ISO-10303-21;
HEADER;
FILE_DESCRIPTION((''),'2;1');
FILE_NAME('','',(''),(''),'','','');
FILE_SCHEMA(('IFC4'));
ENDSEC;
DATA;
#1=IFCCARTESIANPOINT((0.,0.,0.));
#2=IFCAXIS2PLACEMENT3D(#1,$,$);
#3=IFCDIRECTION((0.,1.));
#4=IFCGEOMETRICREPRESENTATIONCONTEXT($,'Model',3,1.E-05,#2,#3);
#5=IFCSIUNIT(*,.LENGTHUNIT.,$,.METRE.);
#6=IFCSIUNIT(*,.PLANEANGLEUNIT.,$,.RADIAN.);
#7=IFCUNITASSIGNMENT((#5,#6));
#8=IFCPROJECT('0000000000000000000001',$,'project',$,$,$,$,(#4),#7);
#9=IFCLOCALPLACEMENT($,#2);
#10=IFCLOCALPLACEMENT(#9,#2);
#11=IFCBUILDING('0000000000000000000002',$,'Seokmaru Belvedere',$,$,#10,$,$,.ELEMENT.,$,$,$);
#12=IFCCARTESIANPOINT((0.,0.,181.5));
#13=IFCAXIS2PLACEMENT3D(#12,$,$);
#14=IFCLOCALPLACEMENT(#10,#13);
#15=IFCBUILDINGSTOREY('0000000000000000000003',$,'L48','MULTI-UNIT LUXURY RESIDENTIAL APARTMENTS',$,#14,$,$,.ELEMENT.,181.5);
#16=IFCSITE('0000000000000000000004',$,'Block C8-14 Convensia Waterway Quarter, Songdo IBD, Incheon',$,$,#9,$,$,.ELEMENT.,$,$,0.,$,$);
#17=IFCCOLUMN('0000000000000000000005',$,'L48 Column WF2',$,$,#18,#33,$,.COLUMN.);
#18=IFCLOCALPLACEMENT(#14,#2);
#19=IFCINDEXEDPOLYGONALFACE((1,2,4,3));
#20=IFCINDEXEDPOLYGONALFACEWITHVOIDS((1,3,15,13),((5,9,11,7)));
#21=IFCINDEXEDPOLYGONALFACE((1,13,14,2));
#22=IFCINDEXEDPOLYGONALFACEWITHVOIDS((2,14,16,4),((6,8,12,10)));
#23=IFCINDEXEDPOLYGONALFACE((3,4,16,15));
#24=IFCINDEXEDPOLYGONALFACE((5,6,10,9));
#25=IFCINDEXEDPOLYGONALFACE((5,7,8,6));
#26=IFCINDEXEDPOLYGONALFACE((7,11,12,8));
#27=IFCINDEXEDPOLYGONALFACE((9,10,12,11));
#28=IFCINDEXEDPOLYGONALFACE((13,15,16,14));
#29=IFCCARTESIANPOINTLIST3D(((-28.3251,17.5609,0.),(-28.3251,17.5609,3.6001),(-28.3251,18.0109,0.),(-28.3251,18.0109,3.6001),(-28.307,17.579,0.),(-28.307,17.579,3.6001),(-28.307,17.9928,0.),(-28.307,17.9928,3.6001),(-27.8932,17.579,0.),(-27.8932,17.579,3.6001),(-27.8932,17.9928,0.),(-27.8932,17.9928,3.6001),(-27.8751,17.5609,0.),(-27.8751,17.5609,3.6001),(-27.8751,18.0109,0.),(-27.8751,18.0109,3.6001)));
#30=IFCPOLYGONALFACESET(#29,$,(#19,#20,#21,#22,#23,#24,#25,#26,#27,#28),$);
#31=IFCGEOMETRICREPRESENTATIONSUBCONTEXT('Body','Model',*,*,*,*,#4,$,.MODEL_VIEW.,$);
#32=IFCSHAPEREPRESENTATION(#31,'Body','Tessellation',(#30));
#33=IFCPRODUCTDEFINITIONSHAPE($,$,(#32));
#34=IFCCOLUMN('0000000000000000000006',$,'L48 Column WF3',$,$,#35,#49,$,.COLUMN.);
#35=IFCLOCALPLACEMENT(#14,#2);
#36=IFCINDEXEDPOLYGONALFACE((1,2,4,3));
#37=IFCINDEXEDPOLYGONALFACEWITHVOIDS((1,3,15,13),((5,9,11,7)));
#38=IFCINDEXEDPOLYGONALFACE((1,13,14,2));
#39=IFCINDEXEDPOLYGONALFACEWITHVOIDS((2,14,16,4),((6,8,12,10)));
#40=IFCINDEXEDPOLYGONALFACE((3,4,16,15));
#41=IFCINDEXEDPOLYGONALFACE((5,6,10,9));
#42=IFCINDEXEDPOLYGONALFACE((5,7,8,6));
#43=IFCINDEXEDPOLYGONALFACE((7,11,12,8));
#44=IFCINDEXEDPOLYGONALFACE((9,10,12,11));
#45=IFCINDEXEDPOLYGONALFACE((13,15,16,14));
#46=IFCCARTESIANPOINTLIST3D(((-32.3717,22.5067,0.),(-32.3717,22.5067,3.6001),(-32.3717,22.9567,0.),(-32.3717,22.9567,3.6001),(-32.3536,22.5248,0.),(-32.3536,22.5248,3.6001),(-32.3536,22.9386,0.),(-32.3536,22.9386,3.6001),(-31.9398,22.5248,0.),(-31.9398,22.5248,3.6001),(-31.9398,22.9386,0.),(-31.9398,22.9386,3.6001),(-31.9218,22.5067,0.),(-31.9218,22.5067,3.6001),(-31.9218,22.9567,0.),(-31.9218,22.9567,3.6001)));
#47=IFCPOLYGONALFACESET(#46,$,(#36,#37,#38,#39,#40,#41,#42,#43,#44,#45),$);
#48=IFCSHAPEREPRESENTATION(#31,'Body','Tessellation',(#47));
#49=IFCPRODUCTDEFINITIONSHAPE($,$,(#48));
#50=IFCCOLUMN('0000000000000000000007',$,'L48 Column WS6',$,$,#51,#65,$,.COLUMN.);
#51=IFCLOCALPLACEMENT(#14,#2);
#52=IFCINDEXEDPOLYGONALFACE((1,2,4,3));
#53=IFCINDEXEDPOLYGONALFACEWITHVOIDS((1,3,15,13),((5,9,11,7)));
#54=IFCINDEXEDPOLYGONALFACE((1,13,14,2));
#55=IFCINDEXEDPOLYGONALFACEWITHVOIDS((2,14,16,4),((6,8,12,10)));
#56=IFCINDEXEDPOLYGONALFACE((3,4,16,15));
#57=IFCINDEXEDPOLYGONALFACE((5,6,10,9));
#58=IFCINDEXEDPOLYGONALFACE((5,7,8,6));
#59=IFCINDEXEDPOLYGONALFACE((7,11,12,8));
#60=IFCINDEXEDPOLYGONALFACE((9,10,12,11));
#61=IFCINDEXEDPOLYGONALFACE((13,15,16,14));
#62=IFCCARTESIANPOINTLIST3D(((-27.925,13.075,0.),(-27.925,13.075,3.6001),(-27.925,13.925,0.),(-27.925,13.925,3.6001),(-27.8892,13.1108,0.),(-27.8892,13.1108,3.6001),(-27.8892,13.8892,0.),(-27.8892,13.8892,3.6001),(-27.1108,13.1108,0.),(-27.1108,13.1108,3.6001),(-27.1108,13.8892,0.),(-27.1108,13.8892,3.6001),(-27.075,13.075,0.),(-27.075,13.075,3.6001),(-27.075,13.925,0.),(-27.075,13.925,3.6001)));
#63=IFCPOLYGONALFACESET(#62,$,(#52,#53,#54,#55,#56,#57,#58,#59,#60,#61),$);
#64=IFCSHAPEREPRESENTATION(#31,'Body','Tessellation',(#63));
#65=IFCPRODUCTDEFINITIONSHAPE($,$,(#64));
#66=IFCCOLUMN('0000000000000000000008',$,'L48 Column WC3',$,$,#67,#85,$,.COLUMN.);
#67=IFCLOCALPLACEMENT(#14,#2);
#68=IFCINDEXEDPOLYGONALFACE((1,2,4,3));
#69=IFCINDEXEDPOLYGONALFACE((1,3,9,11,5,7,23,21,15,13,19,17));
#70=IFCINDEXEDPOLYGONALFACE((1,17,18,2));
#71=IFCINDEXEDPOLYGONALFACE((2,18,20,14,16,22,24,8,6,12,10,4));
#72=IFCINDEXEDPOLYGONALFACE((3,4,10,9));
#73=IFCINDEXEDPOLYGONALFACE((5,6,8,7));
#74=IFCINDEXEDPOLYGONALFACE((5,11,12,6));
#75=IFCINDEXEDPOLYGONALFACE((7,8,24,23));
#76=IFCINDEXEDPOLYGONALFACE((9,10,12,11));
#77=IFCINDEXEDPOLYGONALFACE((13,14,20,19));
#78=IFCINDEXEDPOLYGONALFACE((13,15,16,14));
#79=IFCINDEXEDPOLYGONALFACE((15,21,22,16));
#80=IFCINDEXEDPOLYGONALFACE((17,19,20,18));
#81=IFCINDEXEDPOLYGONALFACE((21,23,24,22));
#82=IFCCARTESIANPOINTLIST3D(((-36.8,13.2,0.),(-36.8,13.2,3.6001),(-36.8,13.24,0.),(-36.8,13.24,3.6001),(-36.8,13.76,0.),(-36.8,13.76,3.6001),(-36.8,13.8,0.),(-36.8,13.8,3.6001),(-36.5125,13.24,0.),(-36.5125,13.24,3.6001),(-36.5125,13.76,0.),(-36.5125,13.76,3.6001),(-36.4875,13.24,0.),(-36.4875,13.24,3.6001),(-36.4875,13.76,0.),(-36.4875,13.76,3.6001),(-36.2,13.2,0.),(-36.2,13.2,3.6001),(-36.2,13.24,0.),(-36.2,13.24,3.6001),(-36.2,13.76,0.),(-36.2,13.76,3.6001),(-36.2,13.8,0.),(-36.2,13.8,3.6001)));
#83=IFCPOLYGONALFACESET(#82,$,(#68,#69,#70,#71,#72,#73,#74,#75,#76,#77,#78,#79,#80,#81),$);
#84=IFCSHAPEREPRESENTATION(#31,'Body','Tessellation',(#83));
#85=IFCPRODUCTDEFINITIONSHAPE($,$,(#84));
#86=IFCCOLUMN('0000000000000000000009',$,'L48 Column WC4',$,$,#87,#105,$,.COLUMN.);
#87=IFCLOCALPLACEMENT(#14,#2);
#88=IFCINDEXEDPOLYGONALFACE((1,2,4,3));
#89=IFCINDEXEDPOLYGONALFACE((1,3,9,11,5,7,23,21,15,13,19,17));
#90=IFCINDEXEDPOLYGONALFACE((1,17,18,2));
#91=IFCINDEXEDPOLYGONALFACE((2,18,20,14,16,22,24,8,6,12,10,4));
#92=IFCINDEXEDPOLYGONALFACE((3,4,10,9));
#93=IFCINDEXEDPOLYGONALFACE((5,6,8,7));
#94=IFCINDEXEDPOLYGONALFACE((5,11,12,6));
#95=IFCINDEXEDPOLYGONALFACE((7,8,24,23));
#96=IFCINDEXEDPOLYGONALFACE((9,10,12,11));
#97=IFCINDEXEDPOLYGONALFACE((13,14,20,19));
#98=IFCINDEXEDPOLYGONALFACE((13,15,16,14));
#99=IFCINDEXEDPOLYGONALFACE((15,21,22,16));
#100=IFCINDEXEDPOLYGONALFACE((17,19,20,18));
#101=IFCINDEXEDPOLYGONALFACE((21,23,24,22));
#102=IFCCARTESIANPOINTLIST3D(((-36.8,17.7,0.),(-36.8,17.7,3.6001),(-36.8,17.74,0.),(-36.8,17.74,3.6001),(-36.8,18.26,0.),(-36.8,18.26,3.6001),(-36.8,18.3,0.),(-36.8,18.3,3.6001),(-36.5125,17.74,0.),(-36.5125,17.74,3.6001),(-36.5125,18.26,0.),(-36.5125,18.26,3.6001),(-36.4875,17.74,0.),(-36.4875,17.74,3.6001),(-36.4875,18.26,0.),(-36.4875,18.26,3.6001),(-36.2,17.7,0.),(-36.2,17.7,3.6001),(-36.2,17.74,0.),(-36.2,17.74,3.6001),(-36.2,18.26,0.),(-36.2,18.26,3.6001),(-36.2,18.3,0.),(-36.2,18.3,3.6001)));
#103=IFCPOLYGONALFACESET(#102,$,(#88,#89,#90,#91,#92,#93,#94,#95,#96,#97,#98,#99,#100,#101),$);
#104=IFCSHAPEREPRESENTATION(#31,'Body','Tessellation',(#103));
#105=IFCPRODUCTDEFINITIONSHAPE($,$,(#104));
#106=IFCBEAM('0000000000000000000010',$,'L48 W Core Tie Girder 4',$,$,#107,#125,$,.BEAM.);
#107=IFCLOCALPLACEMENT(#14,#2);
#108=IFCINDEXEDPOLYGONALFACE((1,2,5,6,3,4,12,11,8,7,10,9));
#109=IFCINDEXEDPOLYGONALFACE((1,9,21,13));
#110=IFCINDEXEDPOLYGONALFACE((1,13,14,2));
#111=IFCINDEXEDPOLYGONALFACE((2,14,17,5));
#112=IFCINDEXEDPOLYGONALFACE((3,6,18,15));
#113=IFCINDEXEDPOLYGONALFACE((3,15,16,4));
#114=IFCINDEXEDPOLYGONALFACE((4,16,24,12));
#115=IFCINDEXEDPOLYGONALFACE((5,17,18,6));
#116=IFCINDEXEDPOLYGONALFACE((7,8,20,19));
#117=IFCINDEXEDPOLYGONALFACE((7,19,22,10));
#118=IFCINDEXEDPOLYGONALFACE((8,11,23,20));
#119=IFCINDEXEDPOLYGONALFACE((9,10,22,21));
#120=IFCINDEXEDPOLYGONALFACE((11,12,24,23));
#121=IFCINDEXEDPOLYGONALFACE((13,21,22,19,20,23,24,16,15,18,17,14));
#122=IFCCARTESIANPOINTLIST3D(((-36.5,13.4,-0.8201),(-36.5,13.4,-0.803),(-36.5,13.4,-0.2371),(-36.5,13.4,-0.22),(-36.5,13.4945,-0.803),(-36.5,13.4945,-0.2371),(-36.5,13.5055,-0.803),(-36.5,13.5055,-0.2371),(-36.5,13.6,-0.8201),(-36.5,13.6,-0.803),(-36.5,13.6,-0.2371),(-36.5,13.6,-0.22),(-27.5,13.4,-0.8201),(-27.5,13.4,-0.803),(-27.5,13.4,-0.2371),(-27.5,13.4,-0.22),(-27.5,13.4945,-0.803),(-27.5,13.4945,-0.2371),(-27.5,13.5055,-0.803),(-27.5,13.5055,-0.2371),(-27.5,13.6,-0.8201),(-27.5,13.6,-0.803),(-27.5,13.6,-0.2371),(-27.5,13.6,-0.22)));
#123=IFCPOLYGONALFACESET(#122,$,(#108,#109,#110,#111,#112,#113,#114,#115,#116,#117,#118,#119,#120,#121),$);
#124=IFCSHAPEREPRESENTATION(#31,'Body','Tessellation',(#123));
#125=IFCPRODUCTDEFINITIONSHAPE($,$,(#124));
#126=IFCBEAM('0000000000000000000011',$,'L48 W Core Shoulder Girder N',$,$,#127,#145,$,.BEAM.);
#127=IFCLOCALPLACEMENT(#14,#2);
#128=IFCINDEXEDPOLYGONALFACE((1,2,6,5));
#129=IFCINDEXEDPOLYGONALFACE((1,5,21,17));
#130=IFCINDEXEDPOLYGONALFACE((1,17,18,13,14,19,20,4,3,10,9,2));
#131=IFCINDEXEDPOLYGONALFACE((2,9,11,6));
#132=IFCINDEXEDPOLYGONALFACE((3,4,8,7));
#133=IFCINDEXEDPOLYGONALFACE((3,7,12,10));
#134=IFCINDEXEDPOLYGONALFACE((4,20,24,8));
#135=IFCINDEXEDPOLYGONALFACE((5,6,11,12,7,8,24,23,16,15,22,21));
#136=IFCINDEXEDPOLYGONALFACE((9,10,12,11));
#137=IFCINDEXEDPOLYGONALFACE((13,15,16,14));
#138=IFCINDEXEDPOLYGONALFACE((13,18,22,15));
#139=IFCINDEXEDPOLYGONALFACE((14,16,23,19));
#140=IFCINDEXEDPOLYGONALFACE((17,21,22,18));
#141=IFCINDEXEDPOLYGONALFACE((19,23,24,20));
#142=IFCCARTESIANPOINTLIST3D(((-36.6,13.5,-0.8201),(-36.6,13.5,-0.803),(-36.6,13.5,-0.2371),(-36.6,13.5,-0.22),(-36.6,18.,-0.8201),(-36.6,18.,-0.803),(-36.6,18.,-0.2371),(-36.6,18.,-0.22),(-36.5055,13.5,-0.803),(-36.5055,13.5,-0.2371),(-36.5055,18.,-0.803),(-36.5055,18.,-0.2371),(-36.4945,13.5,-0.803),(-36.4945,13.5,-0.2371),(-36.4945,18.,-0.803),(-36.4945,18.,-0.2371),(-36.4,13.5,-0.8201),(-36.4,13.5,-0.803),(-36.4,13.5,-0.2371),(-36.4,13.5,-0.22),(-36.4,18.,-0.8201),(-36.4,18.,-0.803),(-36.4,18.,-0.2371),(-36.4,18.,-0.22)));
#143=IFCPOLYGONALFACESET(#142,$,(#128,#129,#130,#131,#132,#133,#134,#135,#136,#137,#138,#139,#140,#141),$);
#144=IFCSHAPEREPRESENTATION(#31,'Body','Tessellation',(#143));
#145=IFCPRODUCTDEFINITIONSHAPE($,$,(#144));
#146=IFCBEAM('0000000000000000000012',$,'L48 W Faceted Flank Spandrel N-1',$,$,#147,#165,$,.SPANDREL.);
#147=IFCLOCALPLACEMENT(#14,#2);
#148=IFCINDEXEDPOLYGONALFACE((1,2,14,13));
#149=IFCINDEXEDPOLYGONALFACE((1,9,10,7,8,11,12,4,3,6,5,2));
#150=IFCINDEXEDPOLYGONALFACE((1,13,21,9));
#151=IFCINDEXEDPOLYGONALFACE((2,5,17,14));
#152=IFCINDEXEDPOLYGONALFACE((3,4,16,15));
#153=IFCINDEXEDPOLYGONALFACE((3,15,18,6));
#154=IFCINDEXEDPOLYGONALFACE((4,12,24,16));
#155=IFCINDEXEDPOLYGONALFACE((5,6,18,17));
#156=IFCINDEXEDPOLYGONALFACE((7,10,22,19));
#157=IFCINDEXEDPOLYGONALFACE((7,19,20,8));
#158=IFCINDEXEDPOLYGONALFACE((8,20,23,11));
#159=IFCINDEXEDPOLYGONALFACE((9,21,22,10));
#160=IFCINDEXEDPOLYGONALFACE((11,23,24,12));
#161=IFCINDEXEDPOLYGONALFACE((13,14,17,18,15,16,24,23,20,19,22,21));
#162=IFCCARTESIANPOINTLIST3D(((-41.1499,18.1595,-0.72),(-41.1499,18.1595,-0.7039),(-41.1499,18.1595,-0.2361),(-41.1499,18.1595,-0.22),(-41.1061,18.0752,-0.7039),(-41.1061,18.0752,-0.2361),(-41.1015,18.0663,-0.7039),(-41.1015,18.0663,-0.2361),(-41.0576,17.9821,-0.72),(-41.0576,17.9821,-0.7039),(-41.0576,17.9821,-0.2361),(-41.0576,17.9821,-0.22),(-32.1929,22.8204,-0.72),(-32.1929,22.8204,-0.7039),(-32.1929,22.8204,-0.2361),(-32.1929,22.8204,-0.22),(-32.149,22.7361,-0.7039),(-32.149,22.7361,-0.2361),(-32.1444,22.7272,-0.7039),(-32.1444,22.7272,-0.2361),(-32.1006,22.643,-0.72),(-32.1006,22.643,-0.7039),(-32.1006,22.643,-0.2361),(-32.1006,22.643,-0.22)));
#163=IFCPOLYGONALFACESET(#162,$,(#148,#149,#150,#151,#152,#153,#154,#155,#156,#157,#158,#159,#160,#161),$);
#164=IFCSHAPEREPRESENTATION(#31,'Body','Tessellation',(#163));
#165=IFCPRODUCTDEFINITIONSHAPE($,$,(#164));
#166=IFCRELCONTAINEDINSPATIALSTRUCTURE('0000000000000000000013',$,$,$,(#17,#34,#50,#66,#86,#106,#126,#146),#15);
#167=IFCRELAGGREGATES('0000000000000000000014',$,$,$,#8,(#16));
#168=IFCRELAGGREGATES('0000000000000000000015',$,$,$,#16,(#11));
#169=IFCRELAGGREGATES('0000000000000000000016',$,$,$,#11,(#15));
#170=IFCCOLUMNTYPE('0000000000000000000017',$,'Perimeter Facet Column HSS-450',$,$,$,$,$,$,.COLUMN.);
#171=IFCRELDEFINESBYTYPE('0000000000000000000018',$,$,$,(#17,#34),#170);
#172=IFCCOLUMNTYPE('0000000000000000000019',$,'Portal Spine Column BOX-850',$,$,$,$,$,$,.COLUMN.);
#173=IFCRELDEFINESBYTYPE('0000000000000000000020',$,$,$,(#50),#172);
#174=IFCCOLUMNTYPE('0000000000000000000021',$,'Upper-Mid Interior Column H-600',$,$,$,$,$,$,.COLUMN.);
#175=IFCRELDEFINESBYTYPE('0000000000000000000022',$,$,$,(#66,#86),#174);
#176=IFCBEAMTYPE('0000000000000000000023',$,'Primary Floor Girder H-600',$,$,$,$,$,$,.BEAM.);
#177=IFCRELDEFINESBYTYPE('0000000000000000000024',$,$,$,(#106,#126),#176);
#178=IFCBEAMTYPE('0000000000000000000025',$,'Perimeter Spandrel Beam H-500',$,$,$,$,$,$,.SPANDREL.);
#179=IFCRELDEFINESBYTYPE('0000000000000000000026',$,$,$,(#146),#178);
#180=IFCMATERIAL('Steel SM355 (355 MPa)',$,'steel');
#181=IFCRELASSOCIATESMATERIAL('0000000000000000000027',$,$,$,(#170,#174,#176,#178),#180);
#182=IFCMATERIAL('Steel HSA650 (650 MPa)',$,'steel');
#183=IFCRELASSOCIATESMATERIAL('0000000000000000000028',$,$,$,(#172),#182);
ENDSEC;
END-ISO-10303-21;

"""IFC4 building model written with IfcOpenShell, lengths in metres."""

from ifc_helpers import new_model, si_unit, direction, frame, origin, origin_2d, place, context, subcontext, project, spatial, hollow_rectangle, i_section, extrude, source, transform, mapped, material, material_profile, profile_set, type_object, type_shapes, element, save


model = new_model("IFC4")

# Units and contexts
model_context = context("Model", 3, precision=1e-05, world=origin(), true_north=direction((0.0, 1.0)))
body_context = subcontext(model_context, "Body", "Model", "MODEL_VIEW")
ifc_project = project(units=[si_unit("LENGTHUNIT", "METRE"), si_unit("PLANEANGLEUNIT", "RADIAN")], contexts=[model_context])

# Site, building, storey
site_placement = place(None, origin())
site = spatial("IfcSite", under=ifc_project, at=site_placement, Name="Block C8-14 Convensia Waterway Quarter, Songdo IBD, Incheon", CompositionType="ELEMENT", RefElevation=0.0)
building_placement = place(site_placement, origin())
building = spatial("IfcBuilding", under=site, at=building_placement, Name="Seokmaru Belvedere", CompositionType="ELEMENT")
storey_placement = place(building_placement, frame((0.0, 0.0, 181.5)))
storey = spatial("IfcBuildingStorey", under=building, at=storey_placement, Name="L48", Description="MULTI-UNIT LUXURY RESIDENTIAL APARTMENTS", CompositionType="ELEMENT", Elevation=181.5)

# Columns
ifc_material_1 = material(Name="Steel SM355 (355 MPa)", Category="steel")
ifc_material_profile_1 = material_profile(ifc_material_1, hollow_rectangle(XDim=0.45, YDim=0.45, WallThickness=0.0181, at=origin_2d()), Name="HSS-450x450x18")
ifc_profile_set_1 = profile_set([ifc_material_profile_1], Name="Steel SM355 (355 MPa)")
column_type_1 = type_object("IfcColumnType", Name="Perimeter Facet Column HSS-450", PredefinedType="COLUMN", material=ifc_profile_set_1)
shared_shape_1 = source(origin(), body_context, "Body", "SweptSolid", [
    extrude(hollow_rectangle(XDim=0.45, YDim=0.45, WallThickness=0.0181, at=origin_2d()), origin(), (0.0, 0.0, 1.0), 3.6001),
])
type_shapes(column_type_1, [shared_shape_1])
for number, where, z_axis, x_axis, name in (
    (1, (-28.1001, 17.7859, 0.0), (0.0, 0.0, 1.0), (1.0, 0.0, 0.0), "L48 Column WF2"),
    (2, (-32.1467, 22.7317, 0.0), (0.0, 0.0, 1.0), (1.0, 0.0, 0.0), "L48 Column WF3"),
):
    element("IfcColumn", number, at=place(storey_placement, frame(where, z_axis=z_axis, x_axis=x_axis)), inside=storey, type_object=column_type_1, Name=name, PredefinedType="COLUMN", context=body_context, shape_type="MappedRepresentation", body=[
        mapped(shared_shape_1, transform((0.0, 0.0, 0.0), scale=1.0)),
    ])
ifc_material_2 = material(Name="Steel HSA650 (650 MPa)", Category="steel")
ifc_material_profile_2 = material_profile(ifc_material_2, hollow_rectangle(XDim=0.8501, YDim=0.8501, WallThickness=0.0359, at=origin_2d()), Name="BOX-850x850x36")
ifc_profile_set_2 = profile_set([ifc_material_profile_2], Name="Steel HSA650 (650 MPa)")
column_type_2 = type_object("IfcColumnType", Name="Portal Spine Column BOX-850", PredefinedType="COLUMN", material=ifc_profile_set_2)
shared_shape_2 = source(origin(), body_context, "Body", "SweptSolid", [
    extrude(hollow_rectangle(XDim=0.8501, YDim=0.8501, WallThickness=0.0359, at=origin_2d()), origin(), (0.0, 0.0, 1.0), 3.6001),
])
type_shapes(column_type_2, [shared_shape_2])
column_placement = place(storey_placement, frame((-27.5, 13.5, 0.0), z_axis=(0.0, 0.0, 1.0), x_axis=(1.0, 0.0, 0.0)))
element("IfcColumn", 3, at=column_placement, inside=storey, type_object=column_type_2, Name="L48 Column WS6", PredefinedType="COLUMN", context=body_context, shape_type="MappedRepresentation", body=[
    mapped(shared_shape_2, transform((0.0, 0.0, 0.0), scale=1.0)),
])
ifc_material_profile_3 = material_profile(ifc_material_1, i_section(OverallWidth=0.6001, OverallDepth=0.6001, WebThickness=0.0249, FlangeThickness=0.04, at=origin_2d()), Name="H-600x600x25x40")
ifc_profile_set_3 = profile_set([ifc_material_profile_3], Name="Steel SM355 (355 MPa)")
column_type_3 = type_object("IfcColumnType", Name="Upper-Mid Interior Column H-600", PredefinedType="COLUMN", material=ifc_profile_set_3)
shared_shape_3 = source(origin(), body_context, "Body", "SweptSolid", [
    extrude(i_section(OverallWidth=0.6001, OverallDepth=0.6001, WebThickness=0.0249, FlangeThickness=0.04, at=origin_2d()), origin(), (0.0, 0.0, 1.0), 3.6001),
])
type_shapes(column_type_3, [shared_shape_3])
for number, where, z_axis, x_axis, name in (
    (4, (-36.5, 13.5, 0.0), (0.0, 0.0, 1.0), (1.0, 0.0, 0.0), "L48 Column WC3"),
    (5, (-36.5, 18.0, 0.0), (0.0, 0.0, 1.0), (1.0, 0.0, 0.0), "L48 Column WC4"),
):
    element("IfcColumn", number, at=place(storey_placement, frame(where, z_axis=z_axis, x_axis=x_axis)), inside=storey, type_object=column_type_3, Name=name, PredefinedType="COLUMN", context=body_context, shape_type="MappedRepresentation", body=[
        mapped(shared_shape_3, transform((0.0, 0.0, 0.0), scale=1.0)),
    ])

# Beams
ifc_material_profile_4 = material_profile(ifc_material_1, i_section(OverallWidth=0.2, OverallDepth=0.6001, WebThickness=0.011, FlangeThickness=0.0171, at=origin_2d()), Name="H-600x200x11x17")
ifc_profile_set_4 = profile_set([ifc_material_profile_4], Name="Steel SM355 (355 MPa)")
beam_type_1 = type_object("IfcBeamType", Name="Primary Floor Girder H-600", PredefinedType="BEAM", material=ifc_profile_set_4)
shared_shape_4 = source(origin(), body_context, "Body", "SweptSolid", [
    extrude(i_section(OverallWidth=0.2, OverallDepth=0.6001, WebThickness=0.011, FlangeThickness=0.0171, at=origin_2d()), origin(), (0.0, 0.0, 1.0), 9.0),
])
beam_1_placement = place(storey_placement, frame((-36.5, 13.5, -0.52), z_axis=(1.0, 0.0, 0.0), x_axis=(0.0, 1.0, 0.0)))
element("IfcBeam", 6, at=beam_1_placement, inside=storey, type_object=beam_type_1, Name="L48 W Core Tie Girder 4", PredefinedType="BEAM", context=body_context, shape_type="MappedRepresentation", body=[
    mapped(shared_shape_4, transform((0.0, 0.0, 0.0), scale=1.0)),
])
shared_shape_5 = source(origin(), body_context, "Body", "SweptSolid", [
    extrude(i_section(OverallWidth=0.2, OverallDepth=0.6001, WebThickness=0.011, FlangeThickness=0.0171, at=origin_2d()), origin(), (0.0, 0.0, 1.0), 4.5),
])
type_shapes(beam_type_1, [shared_shape_4, shared_shape_5])
beam_2_placement = place(storey_placement, frame((-36.5, 13.5, -0.52), z_axis=(0.0, 1.0, 0.0), x_axis=(-1.0, 0.0, 0.0)))
element("IfcBeam", 7, at=beam_2_placement, inside=storey, type_object=beam_type_1, Name="L48 W Core Shoulder Girder N", PredefinedType="BEAM", context=body_context, shape_type="MappedRepresentation", body=[
    mapped(shared_shape_5, transform((0.0, 0.0, 0.0), scale=1.0)),
])
ifc_material_profile_5 = material_profile(ifc_material_1, i_section(OverallWidth=0.2, OverallDepth=0.5, WebThickness=0.01, FlangeThickness=0.0161, at=origin_2d()), Name="H-500x200x10x16")
ifc_profile_set_5 = profile_set([ifc_material_profile_5], Name="Steel SM355 (355 MPa)")
beam_type_2 = type_object("IfcBeamType", Name="Perimeter Spandrel Beam H-500", PredefinedType="SPANDREL", material=ifc_profile_set_5)
shared_shape_6 = source(origin(), body_context, "Body", "SweptSolid", [
    extrude(i_section(OverallWidth=0.2, OverallDepth=0.5, WebThickness=0.01, FlangeThickness=0.0161, at=origin_2d()), origin(), (0.0, 0.0, 1.0), 10.0972),
])
beam_3_placement = place(storey_placement, frame((-32.1467, 22.7317, -0.47), z_axis=(-0.887086, -0.461605, 0.0), x_axis=(0.461605, -0.887086, 0.0)))
element("IfcBeam", 8, at=beam_3_placement, inside=storey, type_object=beam_type_2, Name="L48 W Faceted Flank Spandrel N-1", PredefinedType="SPANDREL", context=body_context, shape_type="MappedRepresentation", body=[
    mapped(shared_shape_6, transform((0.0, 0.0, 0.0), scale=1.0)),
])

save(model, "model.ifc")
